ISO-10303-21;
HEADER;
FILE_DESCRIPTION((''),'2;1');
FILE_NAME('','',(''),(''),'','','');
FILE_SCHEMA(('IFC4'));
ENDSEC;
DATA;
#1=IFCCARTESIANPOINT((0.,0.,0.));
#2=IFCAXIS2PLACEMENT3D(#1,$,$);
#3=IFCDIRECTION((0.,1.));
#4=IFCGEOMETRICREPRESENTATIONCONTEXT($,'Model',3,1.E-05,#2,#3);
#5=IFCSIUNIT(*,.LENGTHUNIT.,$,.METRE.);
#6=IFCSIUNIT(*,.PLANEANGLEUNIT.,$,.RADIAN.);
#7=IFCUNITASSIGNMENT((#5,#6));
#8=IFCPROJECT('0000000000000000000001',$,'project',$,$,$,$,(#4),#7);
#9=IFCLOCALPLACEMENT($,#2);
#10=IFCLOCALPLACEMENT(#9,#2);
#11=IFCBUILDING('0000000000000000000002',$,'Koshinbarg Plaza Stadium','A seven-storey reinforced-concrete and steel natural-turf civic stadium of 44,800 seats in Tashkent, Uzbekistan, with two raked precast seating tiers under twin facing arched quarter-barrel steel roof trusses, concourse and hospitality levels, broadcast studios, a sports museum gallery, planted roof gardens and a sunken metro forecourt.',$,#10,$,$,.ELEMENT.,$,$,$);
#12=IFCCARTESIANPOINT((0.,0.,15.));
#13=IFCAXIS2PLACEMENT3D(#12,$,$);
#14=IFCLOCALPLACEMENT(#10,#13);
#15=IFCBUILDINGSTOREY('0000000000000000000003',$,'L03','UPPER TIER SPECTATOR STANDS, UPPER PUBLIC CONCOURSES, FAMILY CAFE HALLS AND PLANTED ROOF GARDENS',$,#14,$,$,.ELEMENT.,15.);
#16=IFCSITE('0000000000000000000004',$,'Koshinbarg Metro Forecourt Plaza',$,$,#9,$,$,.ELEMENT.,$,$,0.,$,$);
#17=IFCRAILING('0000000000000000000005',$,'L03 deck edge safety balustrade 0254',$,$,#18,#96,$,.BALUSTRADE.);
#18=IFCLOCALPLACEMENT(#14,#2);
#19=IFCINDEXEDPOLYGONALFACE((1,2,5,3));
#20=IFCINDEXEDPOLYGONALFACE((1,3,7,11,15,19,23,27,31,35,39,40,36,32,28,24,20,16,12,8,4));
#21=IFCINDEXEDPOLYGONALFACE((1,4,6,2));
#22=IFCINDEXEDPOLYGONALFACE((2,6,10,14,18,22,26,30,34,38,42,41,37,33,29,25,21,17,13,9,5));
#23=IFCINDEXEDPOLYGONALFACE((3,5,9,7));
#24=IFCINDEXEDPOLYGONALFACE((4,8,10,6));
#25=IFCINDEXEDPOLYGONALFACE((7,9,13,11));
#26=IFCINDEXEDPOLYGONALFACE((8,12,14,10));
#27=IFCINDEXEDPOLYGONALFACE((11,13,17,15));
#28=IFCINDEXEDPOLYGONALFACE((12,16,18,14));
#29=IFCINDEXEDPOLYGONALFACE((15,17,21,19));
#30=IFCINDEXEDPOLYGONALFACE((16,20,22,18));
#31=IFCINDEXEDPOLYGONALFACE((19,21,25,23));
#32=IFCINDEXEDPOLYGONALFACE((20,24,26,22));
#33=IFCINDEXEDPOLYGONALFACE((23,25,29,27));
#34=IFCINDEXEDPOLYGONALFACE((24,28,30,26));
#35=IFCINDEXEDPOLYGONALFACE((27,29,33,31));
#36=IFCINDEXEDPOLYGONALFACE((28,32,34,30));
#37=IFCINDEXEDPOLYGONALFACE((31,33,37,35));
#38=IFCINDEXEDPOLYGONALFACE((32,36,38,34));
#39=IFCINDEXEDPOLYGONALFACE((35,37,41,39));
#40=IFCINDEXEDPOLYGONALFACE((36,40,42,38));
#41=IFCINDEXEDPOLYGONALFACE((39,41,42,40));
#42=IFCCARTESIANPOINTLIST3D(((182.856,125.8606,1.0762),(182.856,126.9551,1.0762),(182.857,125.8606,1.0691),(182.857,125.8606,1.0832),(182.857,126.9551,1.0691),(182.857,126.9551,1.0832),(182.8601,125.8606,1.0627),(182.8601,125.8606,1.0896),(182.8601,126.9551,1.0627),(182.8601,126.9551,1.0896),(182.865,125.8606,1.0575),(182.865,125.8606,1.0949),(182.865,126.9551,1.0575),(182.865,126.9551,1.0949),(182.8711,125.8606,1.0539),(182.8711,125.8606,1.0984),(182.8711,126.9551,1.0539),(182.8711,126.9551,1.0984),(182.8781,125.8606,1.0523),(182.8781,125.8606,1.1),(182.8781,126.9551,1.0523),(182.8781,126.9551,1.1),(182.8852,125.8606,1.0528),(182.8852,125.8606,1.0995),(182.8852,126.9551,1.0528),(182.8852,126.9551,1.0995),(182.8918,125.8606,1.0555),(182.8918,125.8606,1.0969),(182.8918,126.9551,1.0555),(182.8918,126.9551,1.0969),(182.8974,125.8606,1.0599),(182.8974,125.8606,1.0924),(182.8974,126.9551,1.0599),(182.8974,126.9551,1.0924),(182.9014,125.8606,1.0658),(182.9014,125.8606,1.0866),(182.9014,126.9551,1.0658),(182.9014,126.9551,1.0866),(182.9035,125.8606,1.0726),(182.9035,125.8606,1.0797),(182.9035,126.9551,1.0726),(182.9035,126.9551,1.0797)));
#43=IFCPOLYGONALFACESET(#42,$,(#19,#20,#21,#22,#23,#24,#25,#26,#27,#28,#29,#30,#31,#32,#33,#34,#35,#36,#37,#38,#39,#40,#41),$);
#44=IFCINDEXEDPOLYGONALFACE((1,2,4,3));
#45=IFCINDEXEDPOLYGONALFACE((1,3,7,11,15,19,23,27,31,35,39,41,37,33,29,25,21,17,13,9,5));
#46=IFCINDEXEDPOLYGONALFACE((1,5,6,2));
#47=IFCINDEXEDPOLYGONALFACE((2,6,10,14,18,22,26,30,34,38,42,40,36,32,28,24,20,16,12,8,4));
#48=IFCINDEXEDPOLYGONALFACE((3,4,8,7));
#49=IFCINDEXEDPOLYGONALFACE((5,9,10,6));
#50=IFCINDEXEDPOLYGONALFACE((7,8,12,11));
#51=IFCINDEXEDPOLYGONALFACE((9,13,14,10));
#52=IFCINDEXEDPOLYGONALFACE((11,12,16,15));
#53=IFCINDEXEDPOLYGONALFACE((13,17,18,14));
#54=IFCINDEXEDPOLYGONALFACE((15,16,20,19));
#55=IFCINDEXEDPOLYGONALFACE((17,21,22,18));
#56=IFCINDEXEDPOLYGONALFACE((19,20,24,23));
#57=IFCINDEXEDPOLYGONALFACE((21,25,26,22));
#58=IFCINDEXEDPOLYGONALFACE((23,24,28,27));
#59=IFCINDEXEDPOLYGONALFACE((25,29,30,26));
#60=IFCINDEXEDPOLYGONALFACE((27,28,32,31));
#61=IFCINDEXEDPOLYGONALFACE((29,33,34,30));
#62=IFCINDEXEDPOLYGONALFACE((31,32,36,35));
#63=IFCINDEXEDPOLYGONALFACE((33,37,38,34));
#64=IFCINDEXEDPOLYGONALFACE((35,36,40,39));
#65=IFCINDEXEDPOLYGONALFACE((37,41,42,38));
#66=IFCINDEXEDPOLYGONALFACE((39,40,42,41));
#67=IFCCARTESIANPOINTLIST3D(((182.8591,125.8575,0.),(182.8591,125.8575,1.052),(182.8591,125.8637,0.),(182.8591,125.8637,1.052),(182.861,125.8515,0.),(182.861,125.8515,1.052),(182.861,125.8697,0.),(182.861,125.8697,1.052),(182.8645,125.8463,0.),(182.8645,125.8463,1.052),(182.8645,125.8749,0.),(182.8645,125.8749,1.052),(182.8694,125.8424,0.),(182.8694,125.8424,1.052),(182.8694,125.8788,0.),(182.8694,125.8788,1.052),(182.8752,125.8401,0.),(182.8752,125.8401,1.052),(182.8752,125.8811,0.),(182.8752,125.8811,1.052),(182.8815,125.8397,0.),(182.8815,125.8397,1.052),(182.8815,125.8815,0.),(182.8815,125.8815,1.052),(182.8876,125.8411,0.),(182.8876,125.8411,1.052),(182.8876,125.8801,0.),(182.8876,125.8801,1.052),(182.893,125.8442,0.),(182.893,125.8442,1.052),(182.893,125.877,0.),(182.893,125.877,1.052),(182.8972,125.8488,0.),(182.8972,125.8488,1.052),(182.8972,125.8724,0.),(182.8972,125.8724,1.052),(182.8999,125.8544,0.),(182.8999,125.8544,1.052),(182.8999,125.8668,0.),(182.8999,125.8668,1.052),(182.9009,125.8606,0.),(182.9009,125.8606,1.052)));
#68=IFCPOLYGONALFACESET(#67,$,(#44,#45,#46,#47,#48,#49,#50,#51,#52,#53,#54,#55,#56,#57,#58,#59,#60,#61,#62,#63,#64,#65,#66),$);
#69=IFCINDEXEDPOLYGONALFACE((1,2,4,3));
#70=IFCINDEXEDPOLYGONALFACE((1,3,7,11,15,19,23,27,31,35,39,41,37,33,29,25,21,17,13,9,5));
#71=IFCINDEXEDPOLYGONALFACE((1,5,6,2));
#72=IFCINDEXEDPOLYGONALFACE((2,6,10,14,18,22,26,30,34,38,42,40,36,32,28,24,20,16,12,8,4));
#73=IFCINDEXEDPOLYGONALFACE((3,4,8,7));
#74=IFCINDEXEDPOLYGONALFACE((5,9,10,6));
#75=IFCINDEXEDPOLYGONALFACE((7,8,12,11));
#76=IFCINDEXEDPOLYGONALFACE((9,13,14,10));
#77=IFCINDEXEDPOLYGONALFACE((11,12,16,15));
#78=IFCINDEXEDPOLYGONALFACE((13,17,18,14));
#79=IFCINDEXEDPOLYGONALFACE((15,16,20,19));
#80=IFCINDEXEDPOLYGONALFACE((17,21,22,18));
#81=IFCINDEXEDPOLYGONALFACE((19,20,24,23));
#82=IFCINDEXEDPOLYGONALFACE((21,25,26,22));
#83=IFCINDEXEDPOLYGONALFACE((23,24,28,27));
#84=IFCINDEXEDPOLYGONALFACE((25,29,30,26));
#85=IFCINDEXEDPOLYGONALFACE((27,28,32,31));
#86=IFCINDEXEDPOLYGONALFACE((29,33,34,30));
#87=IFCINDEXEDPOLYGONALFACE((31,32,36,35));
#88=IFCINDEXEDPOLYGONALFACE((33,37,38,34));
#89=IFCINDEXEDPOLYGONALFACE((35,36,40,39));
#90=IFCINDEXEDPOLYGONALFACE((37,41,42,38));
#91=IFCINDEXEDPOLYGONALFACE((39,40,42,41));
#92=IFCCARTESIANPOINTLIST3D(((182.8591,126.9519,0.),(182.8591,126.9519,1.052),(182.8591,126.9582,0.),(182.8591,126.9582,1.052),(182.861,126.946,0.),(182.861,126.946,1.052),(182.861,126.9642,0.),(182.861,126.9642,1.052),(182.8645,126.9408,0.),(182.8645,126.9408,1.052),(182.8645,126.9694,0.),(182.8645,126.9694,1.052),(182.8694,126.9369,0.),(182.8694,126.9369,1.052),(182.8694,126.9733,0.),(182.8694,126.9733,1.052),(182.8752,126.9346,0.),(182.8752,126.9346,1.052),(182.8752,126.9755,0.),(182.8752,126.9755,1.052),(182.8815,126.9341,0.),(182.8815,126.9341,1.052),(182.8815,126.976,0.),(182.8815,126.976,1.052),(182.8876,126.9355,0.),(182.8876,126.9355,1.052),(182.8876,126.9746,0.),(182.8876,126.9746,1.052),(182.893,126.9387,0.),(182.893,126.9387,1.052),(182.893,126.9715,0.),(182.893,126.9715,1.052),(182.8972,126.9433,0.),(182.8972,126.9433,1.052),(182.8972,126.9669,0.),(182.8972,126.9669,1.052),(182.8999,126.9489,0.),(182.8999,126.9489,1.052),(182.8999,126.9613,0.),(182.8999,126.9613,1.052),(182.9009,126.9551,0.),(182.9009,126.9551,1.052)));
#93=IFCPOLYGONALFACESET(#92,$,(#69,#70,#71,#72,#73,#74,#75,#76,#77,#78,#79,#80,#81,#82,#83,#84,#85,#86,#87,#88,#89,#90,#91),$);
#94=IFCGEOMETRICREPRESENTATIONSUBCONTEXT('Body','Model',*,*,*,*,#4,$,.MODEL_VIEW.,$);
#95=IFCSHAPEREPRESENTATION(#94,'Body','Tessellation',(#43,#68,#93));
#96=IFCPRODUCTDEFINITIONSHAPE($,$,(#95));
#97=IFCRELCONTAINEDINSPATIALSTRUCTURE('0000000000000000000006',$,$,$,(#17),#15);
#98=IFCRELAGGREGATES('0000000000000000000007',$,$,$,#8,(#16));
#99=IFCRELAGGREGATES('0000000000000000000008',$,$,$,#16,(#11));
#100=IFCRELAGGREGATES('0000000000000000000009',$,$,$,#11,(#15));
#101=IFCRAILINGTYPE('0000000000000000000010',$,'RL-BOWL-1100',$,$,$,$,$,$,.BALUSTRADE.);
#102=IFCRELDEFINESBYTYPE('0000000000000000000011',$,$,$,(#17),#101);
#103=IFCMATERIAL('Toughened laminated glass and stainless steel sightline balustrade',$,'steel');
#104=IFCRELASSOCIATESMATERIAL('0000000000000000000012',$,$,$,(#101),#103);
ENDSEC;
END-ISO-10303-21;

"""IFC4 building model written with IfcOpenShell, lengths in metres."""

from ifc_helpers import new_model, si_unit, direction, frame, origin, origin_2d, place, context, subcontext, project, spatial, circle, extrude, material, type_object, element, save


model = new_model("IFC4")

# Units and contexts
model_context = context("Model", 3, precision=1e-05, world=origin(), true_north=direction((0.0, 1.0)))
body_context = subcontext(model_context, "Body", "Model", "MODEL_VIEW")
ifc_project = project(units=[si_unit("LENGTHUNIT", "METRE"), si_unit("PLANEANGLEUNIT", "RADIAN")], contexts=[model_context])

# Site, building, storey
site_placement = place(None, origin())
site = spatial("IfcSite", under=ifc_project, at=site_placement, Name="Koshinbarg Metro Forecourt Plaza", CompositionType="ELEMENT", RefElevation=0.0)
building_placement = place(site_placement, origin())
building = spatial("IfcBuilding", under=site, at=building_placement, Name="Koshinbarg Plaza Stadium", Description="A seven-storey reinforced-concrete and steel natural-turf civic stadium of 44,800 seats in Tashkent, Uzbekistan, with two raked precast seating tiers under twin facing arched quarter-barrel steel roof trusses, concourse and hospitality levels, broadcast studios, a sports museum gallery, planted roof gardens and a sunken metro forecourt.", CompositionType="ELEMENT")
storey_placement = place(building_placement, frame((0.0, 0.0, 15.0)))
storey = spatial("IfcBuildingStorey", under=building, at=storey_placement, Name="L03", Description="UPPER TIER SPECTATOR STANDS, UPPER PUBLIC CONCOURSES, FAMILY CAFE HALLS AND PLANTED ROOF GARDENS", CompositionType="ELEMENT", Elevation=15.0)

# Railing
ifc_material_1 = material(Name="Toughened laminated glass and stainless steel sightline balustrade", Category="steel")
railing_type = type_object("IfcRailingType", Name="RL-BOWL-1100", PredefinedType="BALUSTRADE", material=ifc_material_1)
railing_1_placement = place(storey_placement, frame((182.8799, 125.8606, 0.0)))
element("IfcRailing", 1, at=railing_1_placement, inside=storey, type_object=railing_type, Name="L03 deck edge safety balustrade 0254", PredefinedType="BALUSTRADE", context=body_context, shape_type="SweptSolid", body=[
    extrude(circle(Radius=0.0239, at=origin_2d()), frame((0.0, 0.0, 1.0762), z_axis=(0.0, 1.0, 0.0), x_axis=(-1.0, 0.0, 0.0)), (0.0, 0.0, 1.0), 1.0945),
    extrude(circle(Radius=0.021, at=origin_2d()), origin(), (0.0, 0.0, 1.0), 1.052),
    extrude(circle(Radius=0.021, at=origin_2d()), frame((0.0, 1.0945, 0.0)), (0.0, 0.0, 1.0), 1.052),
])

save(model, "model.ifc")
